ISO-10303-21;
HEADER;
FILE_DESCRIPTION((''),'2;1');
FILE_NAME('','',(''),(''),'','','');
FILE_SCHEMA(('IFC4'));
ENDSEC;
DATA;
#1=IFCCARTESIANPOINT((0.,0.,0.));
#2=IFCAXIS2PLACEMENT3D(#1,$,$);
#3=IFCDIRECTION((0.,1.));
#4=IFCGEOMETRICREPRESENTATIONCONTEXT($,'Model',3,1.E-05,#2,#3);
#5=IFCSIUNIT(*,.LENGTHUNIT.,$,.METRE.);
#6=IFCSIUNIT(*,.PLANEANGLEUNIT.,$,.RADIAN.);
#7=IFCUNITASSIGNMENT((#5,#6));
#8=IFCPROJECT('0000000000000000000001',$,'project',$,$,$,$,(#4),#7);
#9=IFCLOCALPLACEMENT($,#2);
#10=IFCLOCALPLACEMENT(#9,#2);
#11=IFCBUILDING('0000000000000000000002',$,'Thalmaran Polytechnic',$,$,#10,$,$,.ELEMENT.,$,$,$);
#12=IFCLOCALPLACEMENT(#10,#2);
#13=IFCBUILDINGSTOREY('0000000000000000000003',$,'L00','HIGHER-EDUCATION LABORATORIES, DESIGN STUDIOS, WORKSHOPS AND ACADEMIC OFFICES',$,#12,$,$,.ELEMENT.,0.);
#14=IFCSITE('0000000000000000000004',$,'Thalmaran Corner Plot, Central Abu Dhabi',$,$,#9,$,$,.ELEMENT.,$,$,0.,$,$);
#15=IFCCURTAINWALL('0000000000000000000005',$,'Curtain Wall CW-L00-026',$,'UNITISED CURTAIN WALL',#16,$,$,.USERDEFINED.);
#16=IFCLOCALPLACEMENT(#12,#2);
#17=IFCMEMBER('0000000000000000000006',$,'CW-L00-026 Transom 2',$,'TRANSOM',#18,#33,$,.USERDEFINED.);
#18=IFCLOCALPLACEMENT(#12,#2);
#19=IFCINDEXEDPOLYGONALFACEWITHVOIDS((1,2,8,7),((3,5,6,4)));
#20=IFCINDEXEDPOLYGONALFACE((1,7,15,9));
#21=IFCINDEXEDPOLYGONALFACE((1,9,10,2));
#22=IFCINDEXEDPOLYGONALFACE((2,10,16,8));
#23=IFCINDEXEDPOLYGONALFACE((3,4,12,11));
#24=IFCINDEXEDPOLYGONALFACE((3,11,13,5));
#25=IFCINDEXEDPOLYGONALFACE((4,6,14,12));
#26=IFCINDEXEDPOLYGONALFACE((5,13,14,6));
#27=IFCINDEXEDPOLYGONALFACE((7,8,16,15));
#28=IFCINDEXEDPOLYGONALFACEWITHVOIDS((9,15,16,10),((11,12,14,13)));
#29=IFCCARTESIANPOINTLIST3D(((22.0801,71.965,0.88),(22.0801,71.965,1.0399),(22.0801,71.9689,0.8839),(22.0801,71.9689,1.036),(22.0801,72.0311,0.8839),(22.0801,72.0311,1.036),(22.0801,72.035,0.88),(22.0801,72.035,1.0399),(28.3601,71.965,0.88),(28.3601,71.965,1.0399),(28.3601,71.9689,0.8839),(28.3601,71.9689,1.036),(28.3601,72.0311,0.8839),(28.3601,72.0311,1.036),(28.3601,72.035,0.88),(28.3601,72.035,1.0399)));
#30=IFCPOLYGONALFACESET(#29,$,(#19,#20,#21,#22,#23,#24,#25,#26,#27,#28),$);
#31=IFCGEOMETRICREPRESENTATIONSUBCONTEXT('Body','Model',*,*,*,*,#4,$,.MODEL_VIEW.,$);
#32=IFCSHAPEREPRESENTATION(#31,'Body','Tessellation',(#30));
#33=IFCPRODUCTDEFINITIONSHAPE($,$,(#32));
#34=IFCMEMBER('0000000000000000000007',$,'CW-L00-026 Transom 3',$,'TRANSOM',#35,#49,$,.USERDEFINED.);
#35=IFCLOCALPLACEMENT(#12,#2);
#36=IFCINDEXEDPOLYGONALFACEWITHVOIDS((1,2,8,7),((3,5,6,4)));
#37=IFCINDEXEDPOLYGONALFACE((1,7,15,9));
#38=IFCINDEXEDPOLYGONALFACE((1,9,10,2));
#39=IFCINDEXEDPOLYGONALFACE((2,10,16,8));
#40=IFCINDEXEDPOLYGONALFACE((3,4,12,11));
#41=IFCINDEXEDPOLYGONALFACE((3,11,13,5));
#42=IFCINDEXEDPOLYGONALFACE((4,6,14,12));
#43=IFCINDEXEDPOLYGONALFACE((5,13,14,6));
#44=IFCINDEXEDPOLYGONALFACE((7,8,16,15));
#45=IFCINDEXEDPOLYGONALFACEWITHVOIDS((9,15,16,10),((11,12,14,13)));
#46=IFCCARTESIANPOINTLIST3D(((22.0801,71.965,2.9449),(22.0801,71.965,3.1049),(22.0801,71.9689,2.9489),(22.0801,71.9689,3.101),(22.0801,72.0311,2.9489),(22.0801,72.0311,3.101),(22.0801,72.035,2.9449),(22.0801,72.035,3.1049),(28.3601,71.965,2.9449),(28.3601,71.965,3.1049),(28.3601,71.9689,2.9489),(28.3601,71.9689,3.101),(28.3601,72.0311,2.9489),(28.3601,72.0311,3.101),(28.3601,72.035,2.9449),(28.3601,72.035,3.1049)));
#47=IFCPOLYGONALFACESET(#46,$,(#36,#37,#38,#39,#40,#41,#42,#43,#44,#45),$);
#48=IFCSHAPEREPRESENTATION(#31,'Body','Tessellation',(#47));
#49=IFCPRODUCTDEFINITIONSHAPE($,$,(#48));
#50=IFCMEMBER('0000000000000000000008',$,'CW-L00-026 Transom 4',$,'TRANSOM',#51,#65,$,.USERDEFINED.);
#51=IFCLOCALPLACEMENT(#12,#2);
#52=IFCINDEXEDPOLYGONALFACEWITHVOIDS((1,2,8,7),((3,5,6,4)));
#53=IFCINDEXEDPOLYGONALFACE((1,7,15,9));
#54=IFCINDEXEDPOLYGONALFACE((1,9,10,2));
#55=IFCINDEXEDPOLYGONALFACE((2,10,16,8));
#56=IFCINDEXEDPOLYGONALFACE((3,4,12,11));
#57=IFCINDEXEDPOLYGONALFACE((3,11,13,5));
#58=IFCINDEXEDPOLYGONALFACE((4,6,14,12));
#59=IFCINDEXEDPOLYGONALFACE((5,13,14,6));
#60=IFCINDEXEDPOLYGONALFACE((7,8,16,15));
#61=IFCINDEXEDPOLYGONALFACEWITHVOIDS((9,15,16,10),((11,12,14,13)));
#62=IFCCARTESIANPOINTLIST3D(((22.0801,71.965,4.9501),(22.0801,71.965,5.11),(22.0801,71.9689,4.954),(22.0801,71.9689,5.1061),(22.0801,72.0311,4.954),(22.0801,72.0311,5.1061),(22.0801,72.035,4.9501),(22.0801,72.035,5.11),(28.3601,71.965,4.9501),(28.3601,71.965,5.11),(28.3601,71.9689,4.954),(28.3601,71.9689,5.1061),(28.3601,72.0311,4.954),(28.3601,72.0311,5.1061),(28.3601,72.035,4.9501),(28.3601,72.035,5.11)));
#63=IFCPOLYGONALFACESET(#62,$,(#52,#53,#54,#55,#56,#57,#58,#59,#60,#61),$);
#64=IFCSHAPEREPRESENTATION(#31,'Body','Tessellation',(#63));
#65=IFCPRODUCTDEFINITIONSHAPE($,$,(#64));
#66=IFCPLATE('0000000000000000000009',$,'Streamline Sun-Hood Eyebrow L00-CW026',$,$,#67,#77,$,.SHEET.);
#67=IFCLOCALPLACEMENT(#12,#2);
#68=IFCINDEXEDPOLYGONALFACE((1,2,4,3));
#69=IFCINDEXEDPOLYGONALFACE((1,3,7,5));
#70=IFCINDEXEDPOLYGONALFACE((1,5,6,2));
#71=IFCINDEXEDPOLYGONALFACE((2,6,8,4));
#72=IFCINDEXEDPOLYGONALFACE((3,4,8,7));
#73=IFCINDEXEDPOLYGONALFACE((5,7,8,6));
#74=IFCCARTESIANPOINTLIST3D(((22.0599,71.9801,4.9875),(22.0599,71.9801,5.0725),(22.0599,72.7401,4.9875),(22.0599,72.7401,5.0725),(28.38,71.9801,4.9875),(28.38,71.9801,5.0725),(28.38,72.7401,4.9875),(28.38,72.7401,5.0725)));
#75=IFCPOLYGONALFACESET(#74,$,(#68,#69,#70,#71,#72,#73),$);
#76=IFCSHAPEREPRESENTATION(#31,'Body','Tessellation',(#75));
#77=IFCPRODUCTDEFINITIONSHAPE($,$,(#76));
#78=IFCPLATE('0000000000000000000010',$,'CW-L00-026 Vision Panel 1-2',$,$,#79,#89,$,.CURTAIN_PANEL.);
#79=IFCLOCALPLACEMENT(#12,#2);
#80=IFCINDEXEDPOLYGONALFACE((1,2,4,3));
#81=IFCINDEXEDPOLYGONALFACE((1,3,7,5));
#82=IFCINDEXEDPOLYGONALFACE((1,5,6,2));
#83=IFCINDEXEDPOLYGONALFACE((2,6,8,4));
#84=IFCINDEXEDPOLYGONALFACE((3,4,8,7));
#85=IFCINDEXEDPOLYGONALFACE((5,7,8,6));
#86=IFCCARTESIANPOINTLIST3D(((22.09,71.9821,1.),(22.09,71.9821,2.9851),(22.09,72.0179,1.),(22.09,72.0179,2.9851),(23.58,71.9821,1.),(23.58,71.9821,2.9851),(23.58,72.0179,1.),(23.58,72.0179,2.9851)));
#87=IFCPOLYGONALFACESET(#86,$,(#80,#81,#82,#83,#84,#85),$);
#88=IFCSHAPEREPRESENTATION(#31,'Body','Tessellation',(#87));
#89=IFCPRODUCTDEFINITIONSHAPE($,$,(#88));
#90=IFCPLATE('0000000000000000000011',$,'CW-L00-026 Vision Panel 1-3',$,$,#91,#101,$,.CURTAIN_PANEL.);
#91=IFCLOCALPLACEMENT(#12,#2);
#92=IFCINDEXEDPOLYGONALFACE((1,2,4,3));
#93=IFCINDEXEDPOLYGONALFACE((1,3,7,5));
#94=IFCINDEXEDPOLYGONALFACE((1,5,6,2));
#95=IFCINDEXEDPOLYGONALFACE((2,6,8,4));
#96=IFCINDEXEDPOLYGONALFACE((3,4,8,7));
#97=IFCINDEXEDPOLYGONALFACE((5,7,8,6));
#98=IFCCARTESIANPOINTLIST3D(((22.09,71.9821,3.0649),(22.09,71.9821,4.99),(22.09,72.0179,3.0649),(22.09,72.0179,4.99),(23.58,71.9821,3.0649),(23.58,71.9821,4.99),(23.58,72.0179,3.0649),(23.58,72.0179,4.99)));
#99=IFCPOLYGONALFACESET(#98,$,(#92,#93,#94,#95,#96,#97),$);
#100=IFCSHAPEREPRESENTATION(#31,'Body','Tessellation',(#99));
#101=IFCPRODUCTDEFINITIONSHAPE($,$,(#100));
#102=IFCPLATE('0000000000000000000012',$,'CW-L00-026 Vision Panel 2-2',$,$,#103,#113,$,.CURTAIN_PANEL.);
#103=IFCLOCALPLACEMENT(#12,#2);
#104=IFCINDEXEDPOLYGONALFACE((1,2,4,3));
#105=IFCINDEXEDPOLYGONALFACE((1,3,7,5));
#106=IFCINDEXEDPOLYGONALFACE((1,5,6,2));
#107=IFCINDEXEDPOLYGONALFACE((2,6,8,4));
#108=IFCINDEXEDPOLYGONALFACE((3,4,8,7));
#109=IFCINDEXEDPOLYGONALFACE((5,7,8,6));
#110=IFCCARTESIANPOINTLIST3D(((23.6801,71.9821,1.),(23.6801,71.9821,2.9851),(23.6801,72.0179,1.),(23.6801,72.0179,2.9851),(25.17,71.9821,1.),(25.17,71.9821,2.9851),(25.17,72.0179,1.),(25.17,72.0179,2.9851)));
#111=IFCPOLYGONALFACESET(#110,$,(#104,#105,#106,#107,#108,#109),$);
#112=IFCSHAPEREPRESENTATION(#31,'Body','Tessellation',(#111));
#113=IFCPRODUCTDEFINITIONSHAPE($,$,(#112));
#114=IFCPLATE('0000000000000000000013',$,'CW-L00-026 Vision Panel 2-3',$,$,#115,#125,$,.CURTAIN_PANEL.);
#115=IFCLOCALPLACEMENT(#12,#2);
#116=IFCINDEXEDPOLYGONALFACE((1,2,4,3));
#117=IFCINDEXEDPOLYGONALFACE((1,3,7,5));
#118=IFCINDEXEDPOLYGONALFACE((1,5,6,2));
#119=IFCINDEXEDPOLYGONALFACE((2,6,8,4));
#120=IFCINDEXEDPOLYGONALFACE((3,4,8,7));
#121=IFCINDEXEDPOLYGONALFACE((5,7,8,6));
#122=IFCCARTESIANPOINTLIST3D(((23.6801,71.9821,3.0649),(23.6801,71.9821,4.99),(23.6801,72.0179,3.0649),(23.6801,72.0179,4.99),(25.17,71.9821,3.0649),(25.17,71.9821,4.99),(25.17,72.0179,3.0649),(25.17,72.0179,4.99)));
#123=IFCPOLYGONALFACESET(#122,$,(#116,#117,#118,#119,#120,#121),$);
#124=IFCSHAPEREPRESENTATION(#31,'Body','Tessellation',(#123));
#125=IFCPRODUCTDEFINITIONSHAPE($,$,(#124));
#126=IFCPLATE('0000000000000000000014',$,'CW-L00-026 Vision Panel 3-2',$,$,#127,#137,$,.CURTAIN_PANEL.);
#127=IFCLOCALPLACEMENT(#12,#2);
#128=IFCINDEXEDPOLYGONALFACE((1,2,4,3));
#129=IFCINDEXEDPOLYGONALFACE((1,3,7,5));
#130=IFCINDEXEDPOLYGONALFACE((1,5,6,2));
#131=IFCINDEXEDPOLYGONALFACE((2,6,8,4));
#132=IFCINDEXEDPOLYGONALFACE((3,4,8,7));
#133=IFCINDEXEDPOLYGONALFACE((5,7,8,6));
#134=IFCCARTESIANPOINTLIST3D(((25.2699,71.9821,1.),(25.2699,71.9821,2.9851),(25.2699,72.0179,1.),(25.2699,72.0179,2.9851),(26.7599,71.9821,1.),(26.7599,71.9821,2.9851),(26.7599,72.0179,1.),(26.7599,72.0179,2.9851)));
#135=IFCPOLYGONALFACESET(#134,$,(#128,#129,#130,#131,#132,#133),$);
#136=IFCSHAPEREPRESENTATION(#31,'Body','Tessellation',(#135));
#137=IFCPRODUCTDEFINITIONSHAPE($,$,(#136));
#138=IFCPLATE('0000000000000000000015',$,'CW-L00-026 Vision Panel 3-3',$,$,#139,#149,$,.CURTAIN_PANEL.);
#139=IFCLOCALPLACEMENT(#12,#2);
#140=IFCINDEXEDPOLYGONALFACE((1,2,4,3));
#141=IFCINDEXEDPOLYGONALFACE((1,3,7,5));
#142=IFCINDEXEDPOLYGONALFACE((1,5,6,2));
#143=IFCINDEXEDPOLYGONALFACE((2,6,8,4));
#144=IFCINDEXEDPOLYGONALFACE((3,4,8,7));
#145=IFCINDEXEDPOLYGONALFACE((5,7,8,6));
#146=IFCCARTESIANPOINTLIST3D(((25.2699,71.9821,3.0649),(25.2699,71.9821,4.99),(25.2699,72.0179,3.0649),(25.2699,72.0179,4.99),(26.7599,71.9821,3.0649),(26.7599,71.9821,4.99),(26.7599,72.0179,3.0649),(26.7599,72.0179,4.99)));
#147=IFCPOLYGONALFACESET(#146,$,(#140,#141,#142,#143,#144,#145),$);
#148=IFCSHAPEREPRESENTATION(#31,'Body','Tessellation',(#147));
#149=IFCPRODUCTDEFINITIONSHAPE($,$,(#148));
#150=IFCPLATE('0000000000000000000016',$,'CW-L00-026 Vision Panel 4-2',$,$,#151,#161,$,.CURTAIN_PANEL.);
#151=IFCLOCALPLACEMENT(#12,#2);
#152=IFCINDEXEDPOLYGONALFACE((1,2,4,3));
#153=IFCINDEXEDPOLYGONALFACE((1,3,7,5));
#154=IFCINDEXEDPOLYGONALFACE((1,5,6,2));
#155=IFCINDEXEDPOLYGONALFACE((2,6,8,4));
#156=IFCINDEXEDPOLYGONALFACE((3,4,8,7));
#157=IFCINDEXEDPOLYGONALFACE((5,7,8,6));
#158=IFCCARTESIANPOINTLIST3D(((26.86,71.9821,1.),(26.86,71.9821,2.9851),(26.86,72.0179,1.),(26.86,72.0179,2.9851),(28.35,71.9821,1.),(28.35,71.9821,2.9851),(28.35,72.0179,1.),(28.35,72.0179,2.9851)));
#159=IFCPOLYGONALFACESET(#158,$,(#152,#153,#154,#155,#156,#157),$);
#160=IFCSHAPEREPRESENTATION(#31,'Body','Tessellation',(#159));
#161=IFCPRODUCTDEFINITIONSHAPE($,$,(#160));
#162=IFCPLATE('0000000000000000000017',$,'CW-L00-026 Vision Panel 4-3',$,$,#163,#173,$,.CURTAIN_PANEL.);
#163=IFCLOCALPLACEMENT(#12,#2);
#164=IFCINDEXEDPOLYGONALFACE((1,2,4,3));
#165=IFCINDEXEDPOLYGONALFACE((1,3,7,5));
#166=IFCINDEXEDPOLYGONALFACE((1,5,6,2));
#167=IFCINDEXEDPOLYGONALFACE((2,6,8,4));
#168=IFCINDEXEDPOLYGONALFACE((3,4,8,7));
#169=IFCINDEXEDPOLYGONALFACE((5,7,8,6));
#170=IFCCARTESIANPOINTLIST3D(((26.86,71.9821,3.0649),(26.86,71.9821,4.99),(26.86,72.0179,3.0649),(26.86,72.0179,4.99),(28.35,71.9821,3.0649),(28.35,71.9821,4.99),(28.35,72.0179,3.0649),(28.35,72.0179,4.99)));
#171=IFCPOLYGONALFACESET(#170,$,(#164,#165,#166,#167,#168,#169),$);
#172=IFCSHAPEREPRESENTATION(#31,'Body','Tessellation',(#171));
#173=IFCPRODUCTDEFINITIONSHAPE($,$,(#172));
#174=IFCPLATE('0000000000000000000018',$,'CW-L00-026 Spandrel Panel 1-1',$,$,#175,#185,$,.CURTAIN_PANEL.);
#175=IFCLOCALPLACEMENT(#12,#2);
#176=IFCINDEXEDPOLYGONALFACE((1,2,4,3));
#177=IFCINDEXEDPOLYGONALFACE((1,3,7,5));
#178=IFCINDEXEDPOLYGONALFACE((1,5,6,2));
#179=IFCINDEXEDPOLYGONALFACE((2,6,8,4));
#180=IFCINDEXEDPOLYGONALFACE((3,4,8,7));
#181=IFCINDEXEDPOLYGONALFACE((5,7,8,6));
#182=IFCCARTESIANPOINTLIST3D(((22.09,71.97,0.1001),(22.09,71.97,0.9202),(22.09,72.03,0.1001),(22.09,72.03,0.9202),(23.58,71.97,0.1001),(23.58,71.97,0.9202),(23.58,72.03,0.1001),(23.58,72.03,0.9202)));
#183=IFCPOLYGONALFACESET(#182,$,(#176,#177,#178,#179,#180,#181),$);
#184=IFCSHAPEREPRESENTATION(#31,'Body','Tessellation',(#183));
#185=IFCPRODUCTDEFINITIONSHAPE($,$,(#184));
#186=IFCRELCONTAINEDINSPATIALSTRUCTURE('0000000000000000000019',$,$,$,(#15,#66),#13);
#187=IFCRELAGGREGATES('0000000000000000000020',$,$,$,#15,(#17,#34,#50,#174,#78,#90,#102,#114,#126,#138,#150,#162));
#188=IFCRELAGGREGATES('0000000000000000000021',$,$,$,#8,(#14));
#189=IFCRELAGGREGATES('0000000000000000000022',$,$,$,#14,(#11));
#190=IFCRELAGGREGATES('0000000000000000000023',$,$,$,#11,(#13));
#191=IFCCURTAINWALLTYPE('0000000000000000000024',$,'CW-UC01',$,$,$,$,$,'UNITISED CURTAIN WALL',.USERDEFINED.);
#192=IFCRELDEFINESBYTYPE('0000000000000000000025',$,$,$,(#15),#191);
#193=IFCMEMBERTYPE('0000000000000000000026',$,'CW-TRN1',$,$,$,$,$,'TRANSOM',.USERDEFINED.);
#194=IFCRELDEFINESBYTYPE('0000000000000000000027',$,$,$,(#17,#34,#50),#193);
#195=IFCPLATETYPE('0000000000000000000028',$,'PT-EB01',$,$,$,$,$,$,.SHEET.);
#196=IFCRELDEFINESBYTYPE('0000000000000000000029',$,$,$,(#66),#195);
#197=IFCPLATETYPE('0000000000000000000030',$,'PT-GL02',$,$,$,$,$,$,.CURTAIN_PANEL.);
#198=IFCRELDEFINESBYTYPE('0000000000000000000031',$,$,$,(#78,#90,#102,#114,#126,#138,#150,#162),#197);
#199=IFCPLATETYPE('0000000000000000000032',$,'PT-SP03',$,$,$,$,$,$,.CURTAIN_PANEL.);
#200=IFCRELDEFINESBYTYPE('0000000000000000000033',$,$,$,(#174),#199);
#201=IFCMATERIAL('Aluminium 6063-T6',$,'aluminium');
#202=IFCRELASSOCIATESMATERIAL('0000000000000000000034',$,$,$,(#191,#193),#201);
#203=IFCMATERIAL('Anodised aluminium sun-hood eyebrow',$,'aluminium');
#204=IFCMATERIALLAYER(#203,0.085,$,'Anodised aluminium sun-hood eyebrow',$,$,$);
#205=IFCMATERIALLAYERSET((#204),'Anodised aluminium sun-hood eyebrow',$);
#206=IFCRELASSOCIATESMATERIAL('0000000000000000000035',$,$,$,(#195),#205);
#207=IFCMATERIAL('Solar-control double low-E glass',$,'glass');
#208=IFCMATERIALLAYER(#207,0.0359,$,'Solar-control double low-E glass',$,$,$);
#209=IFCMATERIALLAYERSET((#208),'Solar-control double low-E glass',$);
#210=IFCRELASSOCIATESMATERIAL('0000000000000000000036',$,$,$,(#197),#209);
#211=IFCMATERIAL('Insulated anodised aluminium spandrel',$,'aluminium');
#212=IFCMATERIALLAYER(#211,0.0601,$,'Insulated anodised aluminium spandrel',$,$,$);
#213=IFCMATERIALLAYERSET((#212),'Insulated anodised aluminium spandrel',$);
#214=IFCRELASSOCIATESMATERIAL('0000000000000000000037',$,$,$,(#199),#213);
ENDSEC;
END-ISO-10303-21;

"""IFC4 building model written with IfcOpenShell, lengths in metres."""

from ifc_helpers import new_model, si_unit, direction, frame, origin, origin_2d, place, context, subcontext, project, spatial, rectangle, hollow_rectangle, extrude, material, layer, layer_set, material_profile, profile_set, type_object, element, aggregate, save


model = new_model("IFC4")

# Units and contexts
model_context = context("Model", 3, precision=1e-05, world=origin(), true_north=direction((0.0, 1.0)))
body_context = subcontext(model_context, "Body", "Model", "MODEL_VIEW")
ifc_project = project(units=[si_unit("LENGTHUNIT", "METRE"), si_unit("PLANEANGLEUNIT", "RADIAN")], contexts=[model_context])

# Site, building, storey
site_placement = place(None, origin())
site = spatial("IfcSite", under=ifc_project, at=site_placement, Name="Thalmaran Corner Plot, Central Abu Dhabi", CompositionType="ELEMENT", RefElevation=0.0)
building_placement = place(site_placement, origin())
building = spatial("IfcBuilding", under=site, at=building_placement, Name="Thalmaran Polytechnic", CompositionType="ELEMENT")
storey_placement = place(building_placement, origin())
storey = spatial("IfcBuildingStorey", under=building, at=storey_placement, Name="L00", Description="HIGHER-EDUCATION LABORATORIES, DESIGN STUDIOS, WORKSHOPS AND ACADEMIC OFFICES", CompositionType="ELEMENT", Elevation=0.0)

# Curtain wall, members
ifc_material_1 = material(Name="Aluminium 6063-T6", Category="aluminium")
curtain_wall_type = type_object("IfcCurtainWallType", Name="CW-UC01", ElementType="UNITISED CURTAIN WALL", PredefinedType="USERDEFINED", material=ifc_material_1)
curtain_wall_placement = place(storey_placement, origin())
curtain_wall = element("IfcCurtainWall", 1, at=curtain_wall_placement, inside=storey, type_object=curtain_wall_type, Name="Curtain Wall CW-L00-026", ObjectType="UNITISED CURTAIN WALL", PredefinedType="USERDEFINED")
ifc_material_profile_1 = material_profile(ifc_material_1, hollow_rectangle(XDim=0.0701, YDim=0.1599, WallThickness=0.0039, at=origin_2d()), Name="AL 160x70x4.0")
ifc_profile_set_1 = profile_set([ifc_material_profile_1], Name="Aluminium 6063-T6")
member_type_1 = type_object("IfcMemberType", Name="CW-TRN1", ElementType="TRANSOM", PredefinedType="USERDEFINED", material=ifc_profile_set_1)
member_1_placement = place(storey_placement, frame((22.0801, 72.0, 0.96), z_axis=(1.0, 0.0, 0.0), x_axis=(0.0, 1.0, 0.0)))
member_1 = element("IfcMember", 2, at=member_1_placement, type_object=member_type_1, Name="CW-L00-026 Transom 2", ObjectType="TRANSOM", PredefinedType="USERDEFINED", context=body_context, shape_type="SweptSolid", body=[
    extrude(hollow_rectangle(XDim=0.0701, YDim=0.1599, WallThickness=0.0039, at=origin_2d()), origin(), (0.0, 0.0, 1.0), 6.28),
])
member_2_placement = place(storey_placement, frame((22.0801, 72.0, 3.0249), z_axis=(1.0, 0.0, 0.0), x_axis=(0.0, 1.0, 0.0)))
member_2 = element("IfcMember", 3, at=member_2_placement, type_object=member_type_1, Name="CW-L00-026 Transom 3", ObjectType="TRANSOM", PredefinedType="USERDEFINED", context=body_context, shape_type="SweptSolid", body=[
    extrude(hollow_rectangle(XDim=0.0701, YDim=0.1599, WallThickness=0.0039, at=origin_2d()), origin(), (0.0, 0.0, 1.0), 6.28),
])
member_3_placement = place(storey_placement, frame((22.0801, 72.0, 5.03), z_axis=(1.0, 0.0, 0.0), x_axis=(0.0, 1.0, 0.0)))
member_3 = element("IfcMember", 4, at=member_3_placement, type_object=member_type_1, Name="CW-L00-026 Transom 4", ObjectType="TRANSOM", PredefinedType="USERDEFINED", context=body_context, shape_type="SweptSolid", body=[
    extrude(hollow_rectangle(XDim=0.0701, YDim=0.1599, WallThickness=0.0039, at=origin_2d()), origin(), (0.0, 0.0, 1.0), 6.28),
])

# Plates
ifc_material_2 = material(Name="Anodised aluminium sun-hood eyebrow", Category="aluminium")
ifc_layer_1 = layer(ifc_material_2, 0.085, Name="Anodised aluminium sun-hood eyebrow")
ifc_layer_set_1 = layer_set([ifc_layer_1], Name="Anodised aluminium sun-hood eyebrow")
plate_type_1 = type_object("IfcPlateType", Name="PT-EB01", PredefinedType="SHEET", material=ifc_layer_set_1)
plate_1_placement = place(storey_placement, frame((25.22, 72.3601, 4.9875), z_axis=(0.0, 0.0, 1.0), x_axis=(1.0, 0.0, 0.0)))
element("IfcPlate", 5, at=plate_1_placement, inside=storey, type_object=plate_type_1, Name="Streamline Sun-Hood Eyebrow L00-CW026", PredefinedType="SHEET", context=body_context, shape_type="SweptSolid", body=[
    extrude(rectangle(XDim=6.3201, YDim=0.76, at=origin_2d()), origin(), (0.0, 0.0, 1.0), 0.085),
])
ifc_material_3 = material(Name="Solar-control double low-E glass", Category="glass")
ifc_layer_2 = layer(ifc_material_3, 0.0359, Name="Solar-control double low-E glass")
ifc_layer_set_2 = layer_set([ifc_layer_2], Name="Solar-control double low-E glass")
plate_type_2 = type_object("IfcPlateType", Name="PT-GL02", PredefinedType="CURTAIN_PANEL", material=ifc_layer_set_2)
plate_2_placement = place(storey_placement, frame((22.835, 72.0, 1.0), z_axis=(0.0, 0.0, 1.0), x_axis=(1.0, 0.0, 0.0)))
plate_2 = element("IfcPlate", 6, at=plate_2_placement, type_object=plate_type_2, Name="CW-L00-026 Vision Panel 1-2", PredefinedType="CURTAIN_PANEL", context=body_context, shape_type="SweptSolid", body=[
    extrude(rectangle(XDim=1.49, YDim=0.0359, at=origin_2d()), origin(), (0.0, 0.0, 1.0), 1.9851),
])
plate_3_placement = place(storey_placement, frame((22.835, 72.0, 3.0649), z_axis=(0.0, 0.0, 1.0), x_axis=(1.0, 0.0, 0.0)))
plate_3 = element("IfcPlate", 7, at=plate_3_placement, type_object=plate_type_2, Name="CW-L00-026 Vision Panel 1-3", PredefinedType="CURTAIN_PANEL", context=body_context, shape_type="SweptSolid", body=[
    extrude(rectangle(XDim=1.49, YDim=0.0359, at=origin_2d()), origin(), (0.0, 0.0, 1.0), 1.925),
])
plate_4_placement = place(storey_placement, frame((24.425, 72.0, 1.0), z_axis=(0.0, 0.0, 1.0), x_axis=(1.0, 0.0, 0.0)))
plate_4 = element("IfcPlate", 8, at=plate_4_placement, type_object=plate_type_2, Name="CW-L00-026 Vision Panel 2-2", PredefinedType="CURTAIN_PANEL", context=body_context, shape_type="SweptSolid", body=[
    extrude(rectangle(XDim=1.49, YDim=0.0359, at=origin_2d()), origin(), (0.0, 0.0, 1.0), 1.9851),
])
plate_5_placement = place(storey_placement, frame((24.425, 72.0, 3.0649), z_axis=(0.0, 0.0, 1.0), x_axis=(1.0, 0.0, 0.0)))
plate_5 = element("IfcPlate", 9, at=plate_5_placement, type_object=plate_type_2, Name="CW-L00-026 Vision Panel 2-3", PredefinedType="CURTAIN_PANEL", context=body_context, shape_type="SweptSolid", body=[
    extrude(rectangle(XDim=1.49, YDim=0.0359, at=origin_2d()), origin(), (0.0, 0.0, 1.0), 1.925),
])
plate_6_placement = place(storey_placement, frame((26.0149, 72.0, 1.0), z_axis=(0.0, 0.0, 1.0), x_axis=(1.0, 0.0, 0.0)))
plate_6 = element("IfcPlate", 10, at=plate_6_placement, type_object=plate_type_2, Name="CW-L00-026 Vision Panel 3-2", PredefinedType="CURTAIN_PANEL", context=body_context, shape_type="SweptSolid", body=[
    extrude(rectangle(XDim=1.49, YDim=0.0359, at=origin_2d()), origin(), (0.0, 0.0, 1.0), 1.9851),
])
plate_7_placement = place(storey_placement, frame((26.0149, 72.0, 3.0649), z_axis=(0.0, 0.0, 1.0), x_axis=(1.0, 0.0, 0.0)))
plate_7 = element("IfcPlate", 11, at=plate_7_placement, type_object=plate_type_2, Name="CW-L00-026 Vision Panel 3-3", PredefinedType="CURTAIN_PANEL", context=body_context, shape_type="SweptSolid", body=[
    extrude(rectangle(XDim=1.49, YDim=0.0359, at=origin_2d()), origin(), (0.0, 0.0, 1.0), 1.925),
])
plate_8_placement = place(storey_placement, frame((27.605, 72.0, 1.0), z_axis=(0.0, 0.0, 1.0), x_axis=(1.0, 0.0, 0.0)))
plate_8 = element("IfcPlate", 12, at=plate_8_placement, type_object=plate_type_2, Name="CW-L00-026 Vision Panel 4-2", PredefinedType="CURTAIN_PANEL", context=body_context, shape_type="SweptSolid", body=[
    extrude(rectangle(XDim=1.49, YDim=0.0359, at=origin_2d()), origin(), (0.0, 0.0, 1.0), 1.9851),
])
plate_9_placement = place(storey_placement, frame((27.605, 72.0, 3.0649), z_axis=(0.0, 0.0, 1.0), x_axis=(1.0, 0.0, 0.0)))
plate_9 = element("IfcPlate", 13, at=plate_9_placement, type_object=plate_type_2, Name="CW-L00-026 Vision Panel 4-3", PredefinedType="CURTAIN_PANEL", context=body_context, shape_type="SweptSolid", body=[
    extrude(rectangle(XDim=1.49, YDim=0.0359, at=origin_2d()), origin(), (0.0, 0.0, 1.0), 1.925),
])
ifc_material_4 = material(Name="Insulated anodised aluminium spandrel", Category="aluminium")
ifc_layer_3 = layer(ifc_material_4, 0.0601, Name="Insulated anodised aluminium spandrel")
ifc_layer_set_3 = layer_set([ifc_layer_3], Name="Insulated anodised aluminium spandrel")
plate_type_3 = type_object("IfcPlateType", Name="PT-SP03", PredefinedType="CURTAIN_PANEL", material=ifc_layer_set_3)
plate_10_placement = place(storey_placement, frame((22.835, 72.0, 0.1001), z_axis=(0.0, 0.0, 1.0), x_axis=(1.0, 0.0, 0.0)))
plate_10 = element("IfcPlate", 14, at=plate_10_placement, type_object=plate_type_3, Name="CW-L00-026 Spandrel Panel 1-1", PredefinedType="CURTAIN_PANEL", context=body_context, shape_type="SweptSolid", body=[
    extrude(rectangle(XDim=1.49, YDim=0.0601, at=origin_2d()), origin(), (0.0, 0.0, 1.0), 0.8201),
])
aggregate(curtain_wall, [member_1, member_2, member_3, plate_10, plate_2, plate_3, plate_4, plate_5, plate_6, plate_7, plate_8, plate_9])

save(model, "model.ifc")
